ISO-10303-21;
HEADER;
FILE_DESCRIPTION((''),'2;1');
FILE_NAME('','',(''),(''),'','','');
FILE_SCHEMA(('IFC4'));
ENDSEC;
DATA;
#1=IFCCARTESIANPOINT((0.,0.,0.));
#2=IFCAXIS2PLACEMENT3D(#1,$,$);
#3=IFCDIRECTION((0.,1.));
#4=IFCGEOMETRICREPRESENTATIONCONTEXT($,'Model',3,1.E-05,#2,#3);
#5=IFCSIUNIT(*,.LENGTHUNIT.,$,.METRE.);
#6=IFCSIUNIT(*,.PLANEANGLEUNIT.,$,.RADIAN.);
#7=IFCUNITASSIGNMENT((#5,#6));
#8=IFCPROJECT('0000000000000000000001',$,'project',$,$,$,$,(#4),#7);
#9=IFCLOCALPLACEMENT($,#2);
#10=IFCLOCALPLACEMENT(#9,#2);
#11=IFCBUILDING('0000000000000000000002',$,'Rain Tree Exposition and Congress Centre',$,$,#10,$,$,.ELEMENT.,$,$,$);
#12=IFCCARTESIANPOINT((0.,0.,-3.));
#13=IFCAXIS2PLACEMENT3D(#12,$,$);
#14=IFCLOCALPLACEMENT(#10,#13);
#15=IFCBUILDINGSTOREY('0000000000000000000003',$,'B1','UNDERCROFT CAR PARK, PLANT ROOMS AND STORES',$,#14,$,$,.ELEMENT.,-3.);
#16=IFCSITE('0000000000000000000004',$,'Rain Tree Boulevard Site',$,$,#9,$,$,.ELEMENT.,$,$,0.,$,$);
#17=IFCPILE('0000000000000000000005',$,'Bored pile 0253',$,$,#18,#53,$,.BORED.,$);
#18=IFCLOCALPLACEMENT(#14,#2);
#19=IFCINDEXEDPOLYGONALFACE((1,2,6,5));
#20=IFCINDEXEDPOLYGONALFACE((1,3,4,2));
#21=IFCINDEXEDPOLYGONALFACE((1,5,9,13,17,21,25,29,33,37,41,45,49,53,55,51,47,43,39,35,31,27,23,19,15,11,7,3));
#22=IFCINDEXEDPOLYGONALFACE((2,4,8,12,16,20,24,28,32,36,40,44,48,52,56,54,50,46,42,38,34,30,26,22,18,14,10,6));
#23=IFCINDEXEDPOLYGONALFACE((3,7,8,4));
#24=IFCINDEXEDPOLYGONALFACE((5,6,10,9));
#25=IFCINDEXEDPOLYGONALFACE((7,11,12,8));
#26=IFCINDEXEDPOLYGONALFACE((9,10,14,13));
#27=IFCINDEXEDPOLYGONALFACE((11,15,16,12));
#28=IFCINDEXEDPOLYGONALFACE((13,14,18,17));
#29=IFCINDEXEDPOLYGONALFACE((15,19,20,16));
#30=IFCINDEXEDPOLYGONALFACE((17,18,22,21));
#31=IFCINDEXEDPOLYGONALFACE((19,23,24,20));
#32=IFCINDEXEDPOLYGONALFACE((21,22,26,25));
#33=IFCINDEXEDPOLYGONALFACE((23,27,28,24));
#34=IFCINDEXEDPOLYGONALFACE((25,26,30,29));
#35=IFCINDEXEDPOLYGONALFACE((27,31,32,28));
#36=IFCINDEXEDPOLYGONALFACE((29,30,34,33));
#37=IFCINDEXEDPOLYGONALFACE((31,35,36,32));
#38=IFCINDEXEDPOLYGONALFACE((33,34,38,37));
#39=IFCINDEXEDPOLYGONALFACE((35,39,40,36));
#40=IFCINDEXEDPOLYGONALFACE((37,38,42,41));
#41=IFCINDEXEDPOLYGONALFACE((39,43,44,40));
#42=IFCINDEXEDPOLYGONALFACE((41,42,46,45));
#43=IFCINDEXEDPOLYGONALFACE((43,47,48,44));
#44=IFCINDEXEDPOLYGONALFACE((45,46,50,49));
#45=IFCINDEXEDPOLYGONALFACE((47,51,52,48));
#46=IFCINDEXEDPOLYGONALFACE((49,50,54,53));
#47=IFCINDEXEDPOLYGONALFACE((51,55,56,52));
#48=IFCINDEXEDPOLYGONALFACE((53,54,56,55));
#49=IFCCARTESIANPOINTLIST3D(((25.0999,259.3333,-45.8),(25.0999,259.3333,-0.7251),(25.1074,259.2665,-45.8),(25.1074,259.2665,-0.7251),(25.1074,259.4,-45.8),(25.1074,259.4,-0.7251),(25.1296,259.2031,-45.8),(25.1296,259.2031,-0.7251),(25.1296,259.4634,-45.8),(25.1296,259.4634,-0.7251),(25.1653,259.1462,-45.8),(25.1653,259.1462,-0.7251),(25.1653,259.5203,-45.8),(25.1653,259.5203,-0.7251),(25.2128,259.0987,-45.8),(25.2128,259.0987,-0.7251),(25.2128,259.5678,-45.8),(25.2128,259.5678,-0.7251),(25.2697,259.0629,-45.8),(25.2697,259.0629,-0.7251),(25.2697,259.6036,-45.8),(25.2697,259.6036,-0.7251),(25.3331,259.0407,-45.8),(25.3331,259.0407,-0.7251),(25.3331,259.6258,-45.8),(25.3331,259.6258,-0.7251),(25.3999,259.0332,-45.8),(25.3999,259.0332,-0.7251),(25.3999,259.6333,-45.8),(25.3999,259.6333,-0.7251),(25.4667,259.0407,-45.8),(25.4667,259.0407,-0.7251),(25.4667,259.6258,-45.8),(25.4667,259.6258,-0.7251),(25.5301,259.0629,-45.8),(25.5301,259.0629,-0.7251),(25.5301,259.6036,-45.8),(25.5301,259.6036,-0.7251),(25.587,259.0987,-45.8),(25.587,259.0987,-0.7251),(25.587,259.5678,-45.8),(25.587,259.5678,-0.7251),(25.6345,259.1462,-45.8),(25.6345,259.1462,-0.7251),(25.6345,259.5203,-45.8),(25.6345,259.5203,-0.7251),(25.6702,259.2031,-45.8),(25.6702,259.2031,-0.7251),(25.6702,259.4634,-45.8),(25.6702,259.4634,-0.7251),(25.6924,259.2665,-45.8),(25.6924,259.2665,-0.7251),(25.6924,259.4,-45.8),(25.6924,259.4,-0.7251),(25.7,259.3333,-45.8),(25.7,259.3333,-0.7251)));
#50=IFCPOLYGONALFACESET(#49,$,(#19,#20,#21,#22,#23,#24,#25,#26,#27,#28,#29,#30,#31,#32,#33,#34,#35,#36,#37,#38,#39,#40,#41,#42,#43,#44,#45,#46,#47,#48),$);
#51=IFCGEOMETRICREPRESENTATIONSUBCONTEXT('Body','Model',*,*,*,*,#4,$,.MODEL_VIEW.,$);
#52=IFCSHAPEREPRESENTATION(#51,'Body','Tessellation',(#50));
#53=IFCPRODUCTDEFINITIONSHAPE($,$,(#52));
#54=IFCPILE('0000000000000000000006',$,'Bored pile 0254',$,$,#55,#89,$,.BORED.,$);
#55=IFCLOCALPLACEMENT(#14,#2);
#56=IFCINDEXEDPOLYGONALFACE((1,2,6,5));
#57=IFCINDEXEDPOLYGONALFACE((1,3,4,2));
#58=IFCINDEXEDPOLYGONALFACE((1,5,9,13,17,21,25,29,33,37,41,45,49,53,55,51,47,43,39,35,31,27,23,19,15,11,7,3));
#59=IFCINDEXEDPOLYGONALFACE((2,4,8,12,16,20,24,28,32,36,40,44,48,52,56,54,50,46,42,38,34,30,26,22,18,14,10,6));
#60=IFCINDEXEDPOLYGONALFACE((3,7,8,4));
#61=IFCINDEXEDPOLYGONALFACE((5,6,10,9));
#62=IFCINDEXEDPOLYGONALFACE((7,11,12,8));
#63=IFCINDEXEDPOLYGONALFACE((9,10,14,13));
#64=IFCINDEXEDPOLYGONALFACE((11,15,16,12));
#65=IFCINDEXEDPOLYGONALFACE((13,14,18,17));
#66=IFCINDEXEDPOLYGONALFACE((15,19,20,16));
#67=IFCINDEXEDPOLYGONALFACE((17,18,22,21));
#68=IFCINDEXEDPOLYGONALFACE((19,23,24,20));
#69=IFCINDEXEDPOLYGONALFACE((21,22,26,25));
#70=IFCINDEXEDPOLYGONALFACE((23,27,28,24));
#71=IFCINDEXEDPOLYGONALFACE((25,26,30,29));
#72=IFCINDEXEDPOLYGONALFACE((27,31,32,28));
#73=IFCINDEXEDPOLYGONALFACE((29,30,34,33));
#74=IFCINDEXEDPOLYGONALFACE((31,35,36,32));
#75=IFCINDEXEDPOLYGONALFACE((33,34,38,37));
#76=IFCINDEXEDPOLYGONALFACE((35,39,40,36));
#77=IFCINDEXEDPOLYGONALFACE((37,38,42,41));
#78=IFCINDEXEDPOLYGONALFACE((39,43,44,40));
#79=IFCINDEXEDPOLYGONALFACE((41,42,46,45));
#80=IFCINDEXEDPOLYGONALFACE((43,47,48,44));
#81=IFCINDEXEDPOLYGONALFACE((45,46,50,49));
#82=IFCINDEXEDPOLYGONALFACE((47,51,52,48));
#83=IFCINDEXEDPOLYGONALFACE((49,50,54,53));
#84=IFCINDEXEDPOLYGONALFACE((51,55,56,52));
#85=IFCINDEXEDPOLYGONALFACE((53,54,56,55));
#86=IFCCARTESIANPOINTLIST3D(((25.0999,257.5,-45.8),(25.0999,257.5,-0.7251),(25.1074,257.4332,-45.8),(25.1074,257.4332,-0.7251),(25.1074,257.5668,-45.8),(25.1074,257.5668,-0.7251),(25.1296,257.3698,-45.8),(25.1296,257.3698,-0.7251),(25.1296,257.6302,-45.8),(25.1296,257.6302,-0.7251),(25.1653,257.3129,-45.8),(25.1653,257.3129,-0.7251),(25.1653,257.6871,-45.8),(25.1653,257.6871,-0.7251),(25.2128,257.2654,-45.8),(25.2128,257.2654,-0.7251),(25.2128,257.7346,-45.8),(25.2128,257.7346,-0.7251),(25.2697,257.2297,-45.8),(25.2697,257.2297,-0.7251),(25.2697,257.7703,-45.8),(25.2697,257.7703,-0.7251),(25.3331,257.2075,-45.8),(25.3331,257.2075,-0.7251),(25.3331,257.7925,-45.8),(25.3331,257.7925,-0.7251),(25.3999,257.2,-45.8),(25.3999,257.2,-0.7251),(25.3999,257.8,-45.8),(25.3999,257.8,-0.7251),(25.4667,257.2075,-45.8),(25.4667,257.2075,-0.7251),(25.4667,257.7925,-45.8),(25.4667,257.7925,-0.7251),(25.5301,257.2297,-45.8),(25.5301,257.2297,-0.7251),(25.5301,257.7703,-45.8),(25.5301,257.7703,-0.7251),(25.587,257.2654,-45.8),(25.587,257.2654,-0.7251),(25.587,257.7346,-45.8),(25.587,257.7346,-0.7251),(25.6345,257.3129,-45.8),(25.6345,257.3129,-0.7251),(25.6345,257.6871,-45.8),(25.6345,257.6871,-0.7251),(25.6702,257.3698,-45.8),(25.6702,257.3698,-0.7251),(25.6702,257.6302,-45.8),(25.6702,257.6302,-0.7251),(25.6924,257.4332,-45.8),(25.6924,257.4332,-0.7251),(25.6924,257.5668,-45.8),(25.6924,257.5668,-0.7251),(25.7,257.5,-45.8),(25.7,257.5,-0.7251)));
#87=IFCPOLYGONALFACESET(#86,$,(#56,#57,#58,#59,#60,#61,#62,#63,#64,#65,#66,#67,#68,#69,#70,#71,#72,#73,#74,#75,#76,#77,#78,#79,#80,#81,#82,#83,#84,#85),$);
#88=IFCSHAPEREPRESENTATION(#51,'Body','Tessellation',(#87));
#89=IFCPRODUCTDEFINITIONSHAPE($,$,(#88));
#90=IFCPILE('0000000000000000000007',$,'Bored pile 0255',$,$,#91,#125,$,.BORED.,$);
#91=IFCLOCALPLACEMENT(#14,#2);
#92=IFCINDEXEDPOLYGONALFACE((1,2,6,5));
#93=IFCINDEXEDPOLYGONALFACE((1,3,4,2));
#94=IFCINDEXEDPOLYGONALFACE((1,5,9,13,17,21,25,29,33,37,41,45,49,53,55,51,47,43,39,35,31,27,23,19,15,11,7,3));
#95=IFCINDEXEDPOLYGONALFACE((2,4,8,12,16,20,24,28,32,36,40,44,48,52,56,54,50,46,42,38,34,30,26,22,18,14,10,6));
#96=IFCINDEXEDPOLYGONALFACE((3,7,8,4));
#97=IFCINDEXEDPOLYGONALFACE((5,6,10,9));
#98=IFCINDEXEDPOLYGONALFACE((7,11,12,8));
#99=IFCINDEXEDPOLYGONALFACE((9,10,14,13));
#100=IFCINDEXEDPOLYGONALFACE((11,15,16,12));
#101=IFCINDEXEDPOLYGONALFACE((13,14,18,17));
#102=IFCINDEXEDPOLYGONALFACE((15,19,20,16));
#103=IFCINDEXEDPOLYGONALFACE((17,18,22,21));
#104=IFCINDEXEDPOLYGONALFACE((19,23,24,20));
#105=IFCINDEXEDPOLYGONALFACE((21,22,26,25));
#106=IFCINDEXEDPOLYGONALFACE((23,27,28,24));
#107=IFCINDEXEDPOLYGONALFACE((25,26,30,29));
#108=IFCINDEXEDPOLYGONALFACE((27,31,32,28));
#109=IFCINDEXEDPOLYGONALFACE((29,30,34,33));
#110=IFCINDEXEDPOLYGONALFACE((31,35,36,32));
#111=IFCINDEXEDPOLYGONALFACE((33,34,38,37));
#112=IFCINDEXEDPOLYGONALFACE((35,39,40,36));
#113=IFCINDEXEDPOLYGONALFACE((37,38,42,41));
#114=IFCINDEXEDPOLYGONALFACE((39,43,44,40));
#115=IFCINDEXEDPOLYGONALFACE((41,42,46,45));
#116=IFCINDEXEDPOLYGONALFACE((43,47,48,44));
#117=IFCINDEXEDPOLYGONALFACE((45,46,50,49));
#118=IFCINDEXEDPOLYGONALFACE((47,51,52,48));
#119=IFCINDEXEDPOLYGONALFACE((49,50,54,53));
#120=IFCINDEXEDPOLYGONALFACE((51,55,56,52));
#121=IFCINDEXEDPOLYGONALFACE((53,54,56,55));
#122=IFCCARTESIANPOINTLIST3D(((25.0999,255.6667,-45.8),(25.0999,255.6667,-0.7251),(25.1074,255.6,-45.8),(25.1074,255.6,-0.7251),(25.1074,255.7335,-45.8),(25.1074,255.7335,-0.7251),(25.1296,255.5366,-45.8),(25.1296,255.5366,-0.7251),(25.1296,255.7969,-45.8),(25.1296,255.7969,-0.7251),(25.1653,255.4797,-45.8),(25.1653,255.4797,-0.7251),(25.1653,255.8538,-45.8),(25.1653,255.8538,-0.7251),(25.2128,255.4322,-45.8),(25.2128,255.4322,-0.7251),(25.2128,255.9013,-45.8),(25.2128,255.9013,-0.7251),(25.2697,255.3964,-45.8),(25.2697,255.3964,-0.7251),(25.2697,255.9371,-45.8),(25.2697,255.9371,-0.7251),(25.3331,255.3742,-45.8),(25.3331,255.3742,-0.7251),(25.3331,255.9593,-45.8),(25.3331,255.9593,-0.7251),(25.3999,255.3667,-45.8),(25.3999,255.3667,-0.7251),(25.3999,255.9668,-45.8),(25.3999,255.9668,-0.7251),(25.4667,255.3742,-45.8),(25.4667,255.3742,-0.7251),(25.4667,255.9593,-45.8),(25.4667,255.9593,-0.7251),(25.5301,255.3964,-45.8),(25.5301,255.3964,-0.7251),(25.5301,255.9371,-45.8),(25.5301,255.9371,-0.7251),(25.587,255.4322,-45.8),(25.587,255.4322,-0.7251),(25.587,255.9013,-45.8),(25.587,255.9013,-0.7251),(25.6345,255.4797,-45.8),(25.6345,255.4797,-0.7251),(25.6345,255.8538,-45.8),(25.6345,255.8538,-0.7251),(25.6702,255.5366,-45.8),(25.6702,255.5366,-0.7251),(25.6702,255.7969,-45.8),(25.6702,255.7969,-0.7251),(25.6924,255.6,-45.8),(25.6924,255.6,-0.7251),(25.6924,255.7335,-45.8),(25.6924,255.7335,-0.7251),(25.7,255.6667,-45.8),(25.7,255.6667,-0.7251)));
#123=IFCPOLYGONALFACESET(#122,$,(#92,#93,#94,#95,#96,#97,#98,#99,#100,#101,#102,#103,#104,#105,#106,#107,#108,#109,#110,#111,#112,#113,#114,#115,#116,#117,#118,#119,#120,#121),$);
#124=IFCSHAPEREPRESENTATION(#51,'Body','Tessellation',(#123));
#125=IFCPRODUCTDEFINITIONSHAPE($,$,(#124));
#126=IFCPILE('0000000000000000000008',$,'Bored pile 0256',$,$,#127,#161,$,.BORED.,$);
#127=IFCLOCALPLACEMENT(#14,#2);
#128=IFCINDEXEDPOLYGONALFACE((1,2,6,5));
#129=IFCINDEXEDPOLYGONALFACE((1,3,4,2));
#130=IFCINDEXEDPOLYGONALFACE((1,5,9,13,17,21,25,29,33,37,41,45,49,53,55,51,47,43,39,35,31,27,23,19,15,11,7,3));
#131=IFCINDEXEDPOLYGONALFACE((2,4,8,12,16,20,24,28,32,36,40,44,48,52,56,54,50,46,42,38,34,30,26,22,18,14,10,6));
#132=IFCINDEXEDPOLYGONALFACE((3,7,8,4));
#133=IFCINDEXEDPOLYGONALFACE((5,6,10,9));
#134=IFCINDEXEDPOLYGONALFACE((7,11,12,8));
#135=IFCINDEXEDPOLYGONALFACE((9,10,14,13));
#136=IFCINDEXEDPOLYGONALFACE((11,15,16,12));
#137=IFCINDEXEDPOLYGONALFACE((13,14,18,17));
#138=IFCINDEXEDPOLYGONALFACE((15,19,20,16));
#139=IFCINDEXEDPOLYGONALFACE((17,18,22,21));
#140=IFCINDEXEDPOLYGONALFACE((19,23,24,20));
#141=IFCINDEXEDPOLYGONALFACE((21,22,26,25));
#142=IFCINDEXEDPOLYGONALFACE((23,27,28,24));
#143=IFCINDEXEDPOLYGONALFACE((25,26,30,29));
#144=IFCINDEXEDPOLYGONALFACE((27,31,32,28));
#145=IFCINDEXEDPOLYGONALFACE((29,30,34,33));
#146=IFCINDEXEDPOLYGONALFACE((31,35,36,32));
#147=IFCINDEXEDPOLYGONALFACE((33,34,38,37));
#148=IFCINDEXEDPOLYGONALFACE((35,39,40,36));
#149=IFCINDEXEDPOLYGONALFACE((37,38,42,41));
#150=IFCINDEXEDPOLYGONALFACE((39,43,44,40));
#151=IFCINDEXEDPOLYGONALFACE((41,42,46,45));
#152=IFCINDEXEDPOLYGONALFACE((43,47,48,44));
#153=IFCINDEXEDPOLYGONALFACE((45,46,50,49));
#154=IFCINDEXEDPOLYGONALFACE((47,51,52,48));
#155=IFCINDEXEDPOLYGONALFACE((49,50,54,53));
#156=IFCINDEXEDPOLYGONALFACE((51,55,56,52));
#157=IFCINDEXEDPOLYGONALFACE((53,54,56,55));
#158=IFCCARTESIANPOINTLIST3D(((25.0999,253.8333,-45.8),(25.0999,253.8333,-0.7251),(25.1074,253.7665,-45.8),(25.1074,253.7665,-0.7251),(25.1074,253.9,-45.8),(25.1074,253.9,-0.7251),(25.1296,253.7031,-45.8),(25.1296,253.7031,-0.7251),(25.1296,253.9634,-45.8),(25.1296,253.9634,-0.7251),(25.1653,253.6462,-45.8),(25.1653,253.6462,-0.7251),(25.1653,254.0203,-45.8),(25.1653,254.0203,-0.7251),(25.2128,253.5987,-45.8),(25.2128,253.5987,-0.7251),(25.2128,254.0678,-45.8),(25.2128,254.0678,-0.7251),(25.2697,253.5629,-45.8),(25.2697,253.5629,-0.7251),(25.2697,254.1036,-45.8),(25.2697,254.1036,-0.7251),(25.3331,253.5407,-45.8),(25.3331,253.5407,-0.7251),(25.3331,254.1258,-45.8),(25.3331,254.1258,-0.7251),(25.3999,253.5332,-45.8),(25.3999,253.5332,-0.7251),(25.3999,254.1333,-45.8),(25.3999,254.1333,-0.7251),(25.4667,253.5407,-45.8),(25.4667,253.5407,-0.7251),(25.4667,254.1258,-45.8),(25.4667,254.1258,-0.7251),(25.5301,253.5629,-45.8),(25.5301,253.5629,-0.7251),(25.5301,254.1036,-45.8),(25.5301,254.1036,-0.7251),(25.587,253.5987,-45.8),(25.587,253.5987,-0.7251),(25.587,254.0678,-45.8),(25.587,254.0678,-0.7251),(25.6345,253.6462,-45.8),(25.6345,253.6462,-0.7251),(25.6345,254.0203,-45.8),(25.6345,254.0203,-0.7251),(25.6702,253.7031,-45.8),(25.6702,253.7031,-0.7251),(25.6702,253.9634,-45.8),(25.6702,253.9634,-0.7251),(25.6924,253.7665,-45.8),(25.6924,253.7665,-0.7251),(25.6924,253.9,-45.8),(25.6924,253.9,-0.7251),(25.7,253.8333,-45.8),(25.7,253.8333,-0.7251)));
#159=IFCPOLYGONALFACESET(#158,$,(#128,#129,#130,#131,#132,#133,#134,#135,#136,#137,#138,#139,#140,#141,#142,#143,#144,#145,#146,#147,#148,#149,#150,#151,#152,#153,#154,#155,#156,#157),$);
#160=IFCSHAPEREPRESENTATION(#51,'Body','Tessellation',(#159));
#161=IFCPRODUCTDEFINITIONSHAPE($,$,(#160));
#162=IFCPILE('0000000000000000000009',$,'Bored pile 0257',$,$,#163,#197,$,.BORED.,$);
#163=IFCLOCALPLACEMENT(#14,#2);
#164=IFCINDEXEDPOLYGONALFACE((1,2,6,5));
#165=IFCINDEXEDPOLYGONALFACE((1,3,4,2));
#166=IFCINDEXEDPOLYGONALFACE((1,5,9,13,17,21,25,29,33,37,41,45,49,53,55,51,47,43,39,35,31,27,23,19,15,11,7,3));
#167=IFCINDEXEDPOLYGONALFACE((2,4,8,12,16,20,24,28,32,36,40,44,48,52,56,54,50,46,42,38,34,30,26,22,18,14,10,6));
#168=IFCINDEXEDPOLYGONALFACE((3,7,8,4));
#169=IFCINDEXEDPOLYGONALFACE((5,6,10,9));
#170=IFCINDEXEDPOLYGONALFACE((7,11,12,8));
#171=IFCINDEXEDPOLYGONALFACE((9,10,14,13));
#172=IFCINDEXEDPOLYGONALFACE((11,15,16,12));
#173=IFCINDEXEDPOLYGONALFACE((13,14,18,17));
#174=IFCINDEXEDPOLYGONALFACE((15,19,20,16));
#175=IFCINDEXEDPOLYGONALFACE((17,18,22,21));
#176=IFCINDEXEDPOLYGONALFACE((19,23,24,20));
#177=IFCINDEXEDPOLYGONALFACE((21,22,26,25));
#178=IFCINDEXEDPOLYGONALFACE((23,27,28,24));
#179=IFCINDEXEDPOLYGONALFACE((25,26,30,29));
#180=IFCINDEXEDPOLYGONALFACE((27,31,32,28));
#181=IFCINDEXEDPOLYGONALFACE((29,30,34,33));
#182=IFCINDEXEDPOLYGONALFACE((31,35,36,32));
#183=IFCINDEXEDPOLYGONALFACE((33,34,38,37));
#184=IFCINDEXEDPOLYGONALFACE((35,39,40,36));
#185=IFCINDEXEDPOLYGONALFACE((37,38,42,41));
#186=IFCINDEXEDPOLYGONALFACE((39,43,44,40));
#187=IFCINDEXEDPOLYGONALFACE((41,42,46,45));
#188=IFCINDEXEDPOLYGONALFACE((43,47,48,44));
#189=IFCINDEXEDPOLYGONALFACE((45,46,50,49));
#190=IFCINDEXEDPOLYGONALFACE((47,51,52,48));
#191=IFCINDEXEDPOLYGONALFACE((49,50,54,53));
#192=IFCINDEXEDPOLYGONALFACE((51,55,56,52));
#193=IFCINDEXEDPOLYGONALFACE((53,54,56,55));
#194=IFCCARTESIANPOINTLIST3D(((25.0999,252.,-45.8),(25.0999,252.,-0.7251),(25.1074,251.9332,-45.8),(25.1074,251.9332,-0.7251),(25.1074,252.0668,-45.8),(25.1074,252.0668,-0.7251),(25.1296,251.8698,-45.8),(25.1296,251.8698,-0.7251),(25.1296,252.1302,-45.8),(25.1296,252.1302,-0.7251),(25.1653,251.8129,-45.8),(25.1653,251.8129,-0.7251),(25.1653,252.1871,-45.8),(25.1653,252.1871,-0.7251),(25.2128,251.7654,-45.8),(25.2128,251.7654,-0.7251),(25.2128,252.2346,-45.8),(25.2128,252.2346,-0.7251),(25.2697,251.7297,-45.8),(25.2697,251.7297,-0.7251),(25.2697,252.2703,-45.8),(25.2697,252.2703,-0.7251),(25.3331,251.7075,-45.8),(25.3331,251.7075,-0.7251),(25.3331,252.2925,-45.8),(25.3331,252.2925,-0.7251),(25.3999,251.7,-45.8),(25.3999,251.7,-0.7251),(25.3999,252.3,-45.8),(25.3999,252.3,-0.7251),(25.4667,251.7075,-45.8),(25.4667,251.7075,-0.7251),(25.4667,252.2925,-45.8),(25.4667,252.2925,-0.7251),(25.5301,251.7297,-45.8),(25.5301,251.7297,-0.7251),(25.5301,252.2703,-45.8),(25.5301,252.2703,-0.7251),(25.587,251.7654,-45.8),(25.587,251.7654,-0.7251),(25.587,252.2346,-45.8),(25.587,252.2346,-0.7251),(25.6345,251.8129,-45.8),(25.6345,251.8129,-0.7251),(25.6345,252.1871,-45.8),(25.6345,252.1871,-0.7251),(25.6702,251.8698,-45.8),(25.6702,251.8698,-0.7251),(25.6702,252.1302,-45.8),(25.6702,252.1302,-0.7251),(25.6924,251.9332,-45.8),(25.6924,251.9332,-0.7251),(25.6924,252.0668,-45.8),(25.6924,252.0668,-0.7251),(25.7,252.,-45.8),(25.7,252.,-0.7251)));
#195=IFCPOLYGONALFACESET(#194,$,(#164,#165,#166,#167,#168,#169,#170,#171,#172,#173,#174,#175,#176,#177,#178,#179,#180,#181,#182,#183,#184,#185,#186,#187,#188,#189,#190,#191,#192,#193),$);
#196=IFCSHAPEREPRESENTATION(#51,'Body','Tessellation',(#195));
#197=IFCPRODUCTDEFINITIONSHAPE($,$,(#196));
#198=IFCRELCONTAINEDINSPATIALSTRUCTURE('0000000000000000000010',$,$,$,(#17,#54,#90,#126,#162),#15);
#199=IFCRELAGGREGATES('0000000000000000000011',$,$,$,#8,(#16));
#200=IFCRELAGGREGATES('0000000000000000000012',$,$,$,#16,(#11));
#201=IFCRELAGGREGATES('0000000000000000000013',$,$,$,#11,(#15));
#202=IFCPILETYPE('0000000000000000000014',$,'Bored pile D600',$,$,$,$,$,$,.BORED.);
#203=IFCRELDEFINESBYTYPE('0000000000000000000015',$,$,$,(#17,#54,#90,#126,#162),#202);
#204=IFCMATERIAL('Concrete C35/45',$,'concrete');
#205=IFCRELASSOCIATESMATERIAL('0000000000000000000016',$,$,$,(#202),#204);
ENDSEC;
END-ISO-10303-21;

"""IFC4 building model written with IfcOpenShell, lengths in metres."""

from ifc_helpers import new_model, si_unit, direction, frame, origin, origin_2d, place, context, subcontext, project, spatial, circle, extrude, material, material_profile, profile_set, type_object, element, save


model = new_model("IFC4")

# Units and contexts
model_context = context("Model", 3, precision=1e-05, world=origin(), true_north=direction((0.0, 1.0)))
body_context = subcontext(model_context, "Body", "Model", "MODEL_VIEW")
ifc_project = project(units=[si_unit("LENGTHUNIT", "METRE"), si_unit("PLANEANGLEUNIT", "RADIAN")], contexts=[model_context])

# Site, building, storey
site_placement = place(None, origin())
site = spatial("IfcSite", under=ifc_project, at=site_placement, Name="Rain Tree Boulevard Site", CompositionType="ELEMENT", RefElevation=0.0)
building_placement = place(site_placement, origin())
building = spatial("IfcBuilding", under=site, at=building_placement, Name="Rain Tree Exposition and Congress Centre", CompositionType="ELEMENT")
storey_placement = place(building_placement, frame((0.0, 0.0, -3.0)))
storey = spatial("IfcBuildingStorey", under=building, at=storey_placement, Name="B1", Description="UNDERCROFT CAR PARK, PLANT ROOMS AND STORES", CompositionType="ELEMENT", Elevation=-3.0)

# Piles
ifc_material_1 = material(Name="Concrete C35/45", Category="concrete")
ifc_material_profile_1 = material_profile(ifc_material_1, circle(Radius=0.3, at=origin_2d()), Name="D600")
ifc_profile_set_1 = profile_set([ifc_material_profile_1], Name="Concrete C35/45")
pile_type_1 = type_object("IfcPileType", Name="Bored pile D600", PredefinedType="BORED", material=ifc_profile_set_1)
for number, where, z_axis, x_axis, name in (
    (1, (25.3999, 259.3333, -0.7251), (0.0, 0.0, -1.0), (1.0, 0.0, 0.0), "Bored pile 0253"),
    (2, (25.3999, 257.5, -0.7251), (0.0, 0.0, -1.0), (1.0, 0.0, 0.0), "Bored pile 0254"),
    (3, (25.3999, 255.6667, -0.7251), (0.0, 0.0, -1.0), (1.0, 0.0, 0.0), "Bored pile 0255"),
    (4, (25.3999, 253.8333, -0.7251), (0.0, 0.0, -1.0), (1.0, 0.0, 0.0), "Bored pile 0256"),
    (5, (25.3999, 252.0, -0.7251), (0.0, 0.0, -1.0), (1.0, 0.0, 0.0), "Bored pile 0257"),
):
    element("IfcPile", number, at=place(storey_placement, frame(where, z_axis=z_axis, x_axis=x_axis)), inside=storey, type_object=pile_type_1, Name=name, PredefinedType="BORED", context=body_context, shape_type="SweptSolid", body=[
        extrude(circle(Radius=0.3, at=origin_2d()), origin(), (0.0, 0.0, 1.0), 45.075),
    ])

save(model, "model.ifc")
